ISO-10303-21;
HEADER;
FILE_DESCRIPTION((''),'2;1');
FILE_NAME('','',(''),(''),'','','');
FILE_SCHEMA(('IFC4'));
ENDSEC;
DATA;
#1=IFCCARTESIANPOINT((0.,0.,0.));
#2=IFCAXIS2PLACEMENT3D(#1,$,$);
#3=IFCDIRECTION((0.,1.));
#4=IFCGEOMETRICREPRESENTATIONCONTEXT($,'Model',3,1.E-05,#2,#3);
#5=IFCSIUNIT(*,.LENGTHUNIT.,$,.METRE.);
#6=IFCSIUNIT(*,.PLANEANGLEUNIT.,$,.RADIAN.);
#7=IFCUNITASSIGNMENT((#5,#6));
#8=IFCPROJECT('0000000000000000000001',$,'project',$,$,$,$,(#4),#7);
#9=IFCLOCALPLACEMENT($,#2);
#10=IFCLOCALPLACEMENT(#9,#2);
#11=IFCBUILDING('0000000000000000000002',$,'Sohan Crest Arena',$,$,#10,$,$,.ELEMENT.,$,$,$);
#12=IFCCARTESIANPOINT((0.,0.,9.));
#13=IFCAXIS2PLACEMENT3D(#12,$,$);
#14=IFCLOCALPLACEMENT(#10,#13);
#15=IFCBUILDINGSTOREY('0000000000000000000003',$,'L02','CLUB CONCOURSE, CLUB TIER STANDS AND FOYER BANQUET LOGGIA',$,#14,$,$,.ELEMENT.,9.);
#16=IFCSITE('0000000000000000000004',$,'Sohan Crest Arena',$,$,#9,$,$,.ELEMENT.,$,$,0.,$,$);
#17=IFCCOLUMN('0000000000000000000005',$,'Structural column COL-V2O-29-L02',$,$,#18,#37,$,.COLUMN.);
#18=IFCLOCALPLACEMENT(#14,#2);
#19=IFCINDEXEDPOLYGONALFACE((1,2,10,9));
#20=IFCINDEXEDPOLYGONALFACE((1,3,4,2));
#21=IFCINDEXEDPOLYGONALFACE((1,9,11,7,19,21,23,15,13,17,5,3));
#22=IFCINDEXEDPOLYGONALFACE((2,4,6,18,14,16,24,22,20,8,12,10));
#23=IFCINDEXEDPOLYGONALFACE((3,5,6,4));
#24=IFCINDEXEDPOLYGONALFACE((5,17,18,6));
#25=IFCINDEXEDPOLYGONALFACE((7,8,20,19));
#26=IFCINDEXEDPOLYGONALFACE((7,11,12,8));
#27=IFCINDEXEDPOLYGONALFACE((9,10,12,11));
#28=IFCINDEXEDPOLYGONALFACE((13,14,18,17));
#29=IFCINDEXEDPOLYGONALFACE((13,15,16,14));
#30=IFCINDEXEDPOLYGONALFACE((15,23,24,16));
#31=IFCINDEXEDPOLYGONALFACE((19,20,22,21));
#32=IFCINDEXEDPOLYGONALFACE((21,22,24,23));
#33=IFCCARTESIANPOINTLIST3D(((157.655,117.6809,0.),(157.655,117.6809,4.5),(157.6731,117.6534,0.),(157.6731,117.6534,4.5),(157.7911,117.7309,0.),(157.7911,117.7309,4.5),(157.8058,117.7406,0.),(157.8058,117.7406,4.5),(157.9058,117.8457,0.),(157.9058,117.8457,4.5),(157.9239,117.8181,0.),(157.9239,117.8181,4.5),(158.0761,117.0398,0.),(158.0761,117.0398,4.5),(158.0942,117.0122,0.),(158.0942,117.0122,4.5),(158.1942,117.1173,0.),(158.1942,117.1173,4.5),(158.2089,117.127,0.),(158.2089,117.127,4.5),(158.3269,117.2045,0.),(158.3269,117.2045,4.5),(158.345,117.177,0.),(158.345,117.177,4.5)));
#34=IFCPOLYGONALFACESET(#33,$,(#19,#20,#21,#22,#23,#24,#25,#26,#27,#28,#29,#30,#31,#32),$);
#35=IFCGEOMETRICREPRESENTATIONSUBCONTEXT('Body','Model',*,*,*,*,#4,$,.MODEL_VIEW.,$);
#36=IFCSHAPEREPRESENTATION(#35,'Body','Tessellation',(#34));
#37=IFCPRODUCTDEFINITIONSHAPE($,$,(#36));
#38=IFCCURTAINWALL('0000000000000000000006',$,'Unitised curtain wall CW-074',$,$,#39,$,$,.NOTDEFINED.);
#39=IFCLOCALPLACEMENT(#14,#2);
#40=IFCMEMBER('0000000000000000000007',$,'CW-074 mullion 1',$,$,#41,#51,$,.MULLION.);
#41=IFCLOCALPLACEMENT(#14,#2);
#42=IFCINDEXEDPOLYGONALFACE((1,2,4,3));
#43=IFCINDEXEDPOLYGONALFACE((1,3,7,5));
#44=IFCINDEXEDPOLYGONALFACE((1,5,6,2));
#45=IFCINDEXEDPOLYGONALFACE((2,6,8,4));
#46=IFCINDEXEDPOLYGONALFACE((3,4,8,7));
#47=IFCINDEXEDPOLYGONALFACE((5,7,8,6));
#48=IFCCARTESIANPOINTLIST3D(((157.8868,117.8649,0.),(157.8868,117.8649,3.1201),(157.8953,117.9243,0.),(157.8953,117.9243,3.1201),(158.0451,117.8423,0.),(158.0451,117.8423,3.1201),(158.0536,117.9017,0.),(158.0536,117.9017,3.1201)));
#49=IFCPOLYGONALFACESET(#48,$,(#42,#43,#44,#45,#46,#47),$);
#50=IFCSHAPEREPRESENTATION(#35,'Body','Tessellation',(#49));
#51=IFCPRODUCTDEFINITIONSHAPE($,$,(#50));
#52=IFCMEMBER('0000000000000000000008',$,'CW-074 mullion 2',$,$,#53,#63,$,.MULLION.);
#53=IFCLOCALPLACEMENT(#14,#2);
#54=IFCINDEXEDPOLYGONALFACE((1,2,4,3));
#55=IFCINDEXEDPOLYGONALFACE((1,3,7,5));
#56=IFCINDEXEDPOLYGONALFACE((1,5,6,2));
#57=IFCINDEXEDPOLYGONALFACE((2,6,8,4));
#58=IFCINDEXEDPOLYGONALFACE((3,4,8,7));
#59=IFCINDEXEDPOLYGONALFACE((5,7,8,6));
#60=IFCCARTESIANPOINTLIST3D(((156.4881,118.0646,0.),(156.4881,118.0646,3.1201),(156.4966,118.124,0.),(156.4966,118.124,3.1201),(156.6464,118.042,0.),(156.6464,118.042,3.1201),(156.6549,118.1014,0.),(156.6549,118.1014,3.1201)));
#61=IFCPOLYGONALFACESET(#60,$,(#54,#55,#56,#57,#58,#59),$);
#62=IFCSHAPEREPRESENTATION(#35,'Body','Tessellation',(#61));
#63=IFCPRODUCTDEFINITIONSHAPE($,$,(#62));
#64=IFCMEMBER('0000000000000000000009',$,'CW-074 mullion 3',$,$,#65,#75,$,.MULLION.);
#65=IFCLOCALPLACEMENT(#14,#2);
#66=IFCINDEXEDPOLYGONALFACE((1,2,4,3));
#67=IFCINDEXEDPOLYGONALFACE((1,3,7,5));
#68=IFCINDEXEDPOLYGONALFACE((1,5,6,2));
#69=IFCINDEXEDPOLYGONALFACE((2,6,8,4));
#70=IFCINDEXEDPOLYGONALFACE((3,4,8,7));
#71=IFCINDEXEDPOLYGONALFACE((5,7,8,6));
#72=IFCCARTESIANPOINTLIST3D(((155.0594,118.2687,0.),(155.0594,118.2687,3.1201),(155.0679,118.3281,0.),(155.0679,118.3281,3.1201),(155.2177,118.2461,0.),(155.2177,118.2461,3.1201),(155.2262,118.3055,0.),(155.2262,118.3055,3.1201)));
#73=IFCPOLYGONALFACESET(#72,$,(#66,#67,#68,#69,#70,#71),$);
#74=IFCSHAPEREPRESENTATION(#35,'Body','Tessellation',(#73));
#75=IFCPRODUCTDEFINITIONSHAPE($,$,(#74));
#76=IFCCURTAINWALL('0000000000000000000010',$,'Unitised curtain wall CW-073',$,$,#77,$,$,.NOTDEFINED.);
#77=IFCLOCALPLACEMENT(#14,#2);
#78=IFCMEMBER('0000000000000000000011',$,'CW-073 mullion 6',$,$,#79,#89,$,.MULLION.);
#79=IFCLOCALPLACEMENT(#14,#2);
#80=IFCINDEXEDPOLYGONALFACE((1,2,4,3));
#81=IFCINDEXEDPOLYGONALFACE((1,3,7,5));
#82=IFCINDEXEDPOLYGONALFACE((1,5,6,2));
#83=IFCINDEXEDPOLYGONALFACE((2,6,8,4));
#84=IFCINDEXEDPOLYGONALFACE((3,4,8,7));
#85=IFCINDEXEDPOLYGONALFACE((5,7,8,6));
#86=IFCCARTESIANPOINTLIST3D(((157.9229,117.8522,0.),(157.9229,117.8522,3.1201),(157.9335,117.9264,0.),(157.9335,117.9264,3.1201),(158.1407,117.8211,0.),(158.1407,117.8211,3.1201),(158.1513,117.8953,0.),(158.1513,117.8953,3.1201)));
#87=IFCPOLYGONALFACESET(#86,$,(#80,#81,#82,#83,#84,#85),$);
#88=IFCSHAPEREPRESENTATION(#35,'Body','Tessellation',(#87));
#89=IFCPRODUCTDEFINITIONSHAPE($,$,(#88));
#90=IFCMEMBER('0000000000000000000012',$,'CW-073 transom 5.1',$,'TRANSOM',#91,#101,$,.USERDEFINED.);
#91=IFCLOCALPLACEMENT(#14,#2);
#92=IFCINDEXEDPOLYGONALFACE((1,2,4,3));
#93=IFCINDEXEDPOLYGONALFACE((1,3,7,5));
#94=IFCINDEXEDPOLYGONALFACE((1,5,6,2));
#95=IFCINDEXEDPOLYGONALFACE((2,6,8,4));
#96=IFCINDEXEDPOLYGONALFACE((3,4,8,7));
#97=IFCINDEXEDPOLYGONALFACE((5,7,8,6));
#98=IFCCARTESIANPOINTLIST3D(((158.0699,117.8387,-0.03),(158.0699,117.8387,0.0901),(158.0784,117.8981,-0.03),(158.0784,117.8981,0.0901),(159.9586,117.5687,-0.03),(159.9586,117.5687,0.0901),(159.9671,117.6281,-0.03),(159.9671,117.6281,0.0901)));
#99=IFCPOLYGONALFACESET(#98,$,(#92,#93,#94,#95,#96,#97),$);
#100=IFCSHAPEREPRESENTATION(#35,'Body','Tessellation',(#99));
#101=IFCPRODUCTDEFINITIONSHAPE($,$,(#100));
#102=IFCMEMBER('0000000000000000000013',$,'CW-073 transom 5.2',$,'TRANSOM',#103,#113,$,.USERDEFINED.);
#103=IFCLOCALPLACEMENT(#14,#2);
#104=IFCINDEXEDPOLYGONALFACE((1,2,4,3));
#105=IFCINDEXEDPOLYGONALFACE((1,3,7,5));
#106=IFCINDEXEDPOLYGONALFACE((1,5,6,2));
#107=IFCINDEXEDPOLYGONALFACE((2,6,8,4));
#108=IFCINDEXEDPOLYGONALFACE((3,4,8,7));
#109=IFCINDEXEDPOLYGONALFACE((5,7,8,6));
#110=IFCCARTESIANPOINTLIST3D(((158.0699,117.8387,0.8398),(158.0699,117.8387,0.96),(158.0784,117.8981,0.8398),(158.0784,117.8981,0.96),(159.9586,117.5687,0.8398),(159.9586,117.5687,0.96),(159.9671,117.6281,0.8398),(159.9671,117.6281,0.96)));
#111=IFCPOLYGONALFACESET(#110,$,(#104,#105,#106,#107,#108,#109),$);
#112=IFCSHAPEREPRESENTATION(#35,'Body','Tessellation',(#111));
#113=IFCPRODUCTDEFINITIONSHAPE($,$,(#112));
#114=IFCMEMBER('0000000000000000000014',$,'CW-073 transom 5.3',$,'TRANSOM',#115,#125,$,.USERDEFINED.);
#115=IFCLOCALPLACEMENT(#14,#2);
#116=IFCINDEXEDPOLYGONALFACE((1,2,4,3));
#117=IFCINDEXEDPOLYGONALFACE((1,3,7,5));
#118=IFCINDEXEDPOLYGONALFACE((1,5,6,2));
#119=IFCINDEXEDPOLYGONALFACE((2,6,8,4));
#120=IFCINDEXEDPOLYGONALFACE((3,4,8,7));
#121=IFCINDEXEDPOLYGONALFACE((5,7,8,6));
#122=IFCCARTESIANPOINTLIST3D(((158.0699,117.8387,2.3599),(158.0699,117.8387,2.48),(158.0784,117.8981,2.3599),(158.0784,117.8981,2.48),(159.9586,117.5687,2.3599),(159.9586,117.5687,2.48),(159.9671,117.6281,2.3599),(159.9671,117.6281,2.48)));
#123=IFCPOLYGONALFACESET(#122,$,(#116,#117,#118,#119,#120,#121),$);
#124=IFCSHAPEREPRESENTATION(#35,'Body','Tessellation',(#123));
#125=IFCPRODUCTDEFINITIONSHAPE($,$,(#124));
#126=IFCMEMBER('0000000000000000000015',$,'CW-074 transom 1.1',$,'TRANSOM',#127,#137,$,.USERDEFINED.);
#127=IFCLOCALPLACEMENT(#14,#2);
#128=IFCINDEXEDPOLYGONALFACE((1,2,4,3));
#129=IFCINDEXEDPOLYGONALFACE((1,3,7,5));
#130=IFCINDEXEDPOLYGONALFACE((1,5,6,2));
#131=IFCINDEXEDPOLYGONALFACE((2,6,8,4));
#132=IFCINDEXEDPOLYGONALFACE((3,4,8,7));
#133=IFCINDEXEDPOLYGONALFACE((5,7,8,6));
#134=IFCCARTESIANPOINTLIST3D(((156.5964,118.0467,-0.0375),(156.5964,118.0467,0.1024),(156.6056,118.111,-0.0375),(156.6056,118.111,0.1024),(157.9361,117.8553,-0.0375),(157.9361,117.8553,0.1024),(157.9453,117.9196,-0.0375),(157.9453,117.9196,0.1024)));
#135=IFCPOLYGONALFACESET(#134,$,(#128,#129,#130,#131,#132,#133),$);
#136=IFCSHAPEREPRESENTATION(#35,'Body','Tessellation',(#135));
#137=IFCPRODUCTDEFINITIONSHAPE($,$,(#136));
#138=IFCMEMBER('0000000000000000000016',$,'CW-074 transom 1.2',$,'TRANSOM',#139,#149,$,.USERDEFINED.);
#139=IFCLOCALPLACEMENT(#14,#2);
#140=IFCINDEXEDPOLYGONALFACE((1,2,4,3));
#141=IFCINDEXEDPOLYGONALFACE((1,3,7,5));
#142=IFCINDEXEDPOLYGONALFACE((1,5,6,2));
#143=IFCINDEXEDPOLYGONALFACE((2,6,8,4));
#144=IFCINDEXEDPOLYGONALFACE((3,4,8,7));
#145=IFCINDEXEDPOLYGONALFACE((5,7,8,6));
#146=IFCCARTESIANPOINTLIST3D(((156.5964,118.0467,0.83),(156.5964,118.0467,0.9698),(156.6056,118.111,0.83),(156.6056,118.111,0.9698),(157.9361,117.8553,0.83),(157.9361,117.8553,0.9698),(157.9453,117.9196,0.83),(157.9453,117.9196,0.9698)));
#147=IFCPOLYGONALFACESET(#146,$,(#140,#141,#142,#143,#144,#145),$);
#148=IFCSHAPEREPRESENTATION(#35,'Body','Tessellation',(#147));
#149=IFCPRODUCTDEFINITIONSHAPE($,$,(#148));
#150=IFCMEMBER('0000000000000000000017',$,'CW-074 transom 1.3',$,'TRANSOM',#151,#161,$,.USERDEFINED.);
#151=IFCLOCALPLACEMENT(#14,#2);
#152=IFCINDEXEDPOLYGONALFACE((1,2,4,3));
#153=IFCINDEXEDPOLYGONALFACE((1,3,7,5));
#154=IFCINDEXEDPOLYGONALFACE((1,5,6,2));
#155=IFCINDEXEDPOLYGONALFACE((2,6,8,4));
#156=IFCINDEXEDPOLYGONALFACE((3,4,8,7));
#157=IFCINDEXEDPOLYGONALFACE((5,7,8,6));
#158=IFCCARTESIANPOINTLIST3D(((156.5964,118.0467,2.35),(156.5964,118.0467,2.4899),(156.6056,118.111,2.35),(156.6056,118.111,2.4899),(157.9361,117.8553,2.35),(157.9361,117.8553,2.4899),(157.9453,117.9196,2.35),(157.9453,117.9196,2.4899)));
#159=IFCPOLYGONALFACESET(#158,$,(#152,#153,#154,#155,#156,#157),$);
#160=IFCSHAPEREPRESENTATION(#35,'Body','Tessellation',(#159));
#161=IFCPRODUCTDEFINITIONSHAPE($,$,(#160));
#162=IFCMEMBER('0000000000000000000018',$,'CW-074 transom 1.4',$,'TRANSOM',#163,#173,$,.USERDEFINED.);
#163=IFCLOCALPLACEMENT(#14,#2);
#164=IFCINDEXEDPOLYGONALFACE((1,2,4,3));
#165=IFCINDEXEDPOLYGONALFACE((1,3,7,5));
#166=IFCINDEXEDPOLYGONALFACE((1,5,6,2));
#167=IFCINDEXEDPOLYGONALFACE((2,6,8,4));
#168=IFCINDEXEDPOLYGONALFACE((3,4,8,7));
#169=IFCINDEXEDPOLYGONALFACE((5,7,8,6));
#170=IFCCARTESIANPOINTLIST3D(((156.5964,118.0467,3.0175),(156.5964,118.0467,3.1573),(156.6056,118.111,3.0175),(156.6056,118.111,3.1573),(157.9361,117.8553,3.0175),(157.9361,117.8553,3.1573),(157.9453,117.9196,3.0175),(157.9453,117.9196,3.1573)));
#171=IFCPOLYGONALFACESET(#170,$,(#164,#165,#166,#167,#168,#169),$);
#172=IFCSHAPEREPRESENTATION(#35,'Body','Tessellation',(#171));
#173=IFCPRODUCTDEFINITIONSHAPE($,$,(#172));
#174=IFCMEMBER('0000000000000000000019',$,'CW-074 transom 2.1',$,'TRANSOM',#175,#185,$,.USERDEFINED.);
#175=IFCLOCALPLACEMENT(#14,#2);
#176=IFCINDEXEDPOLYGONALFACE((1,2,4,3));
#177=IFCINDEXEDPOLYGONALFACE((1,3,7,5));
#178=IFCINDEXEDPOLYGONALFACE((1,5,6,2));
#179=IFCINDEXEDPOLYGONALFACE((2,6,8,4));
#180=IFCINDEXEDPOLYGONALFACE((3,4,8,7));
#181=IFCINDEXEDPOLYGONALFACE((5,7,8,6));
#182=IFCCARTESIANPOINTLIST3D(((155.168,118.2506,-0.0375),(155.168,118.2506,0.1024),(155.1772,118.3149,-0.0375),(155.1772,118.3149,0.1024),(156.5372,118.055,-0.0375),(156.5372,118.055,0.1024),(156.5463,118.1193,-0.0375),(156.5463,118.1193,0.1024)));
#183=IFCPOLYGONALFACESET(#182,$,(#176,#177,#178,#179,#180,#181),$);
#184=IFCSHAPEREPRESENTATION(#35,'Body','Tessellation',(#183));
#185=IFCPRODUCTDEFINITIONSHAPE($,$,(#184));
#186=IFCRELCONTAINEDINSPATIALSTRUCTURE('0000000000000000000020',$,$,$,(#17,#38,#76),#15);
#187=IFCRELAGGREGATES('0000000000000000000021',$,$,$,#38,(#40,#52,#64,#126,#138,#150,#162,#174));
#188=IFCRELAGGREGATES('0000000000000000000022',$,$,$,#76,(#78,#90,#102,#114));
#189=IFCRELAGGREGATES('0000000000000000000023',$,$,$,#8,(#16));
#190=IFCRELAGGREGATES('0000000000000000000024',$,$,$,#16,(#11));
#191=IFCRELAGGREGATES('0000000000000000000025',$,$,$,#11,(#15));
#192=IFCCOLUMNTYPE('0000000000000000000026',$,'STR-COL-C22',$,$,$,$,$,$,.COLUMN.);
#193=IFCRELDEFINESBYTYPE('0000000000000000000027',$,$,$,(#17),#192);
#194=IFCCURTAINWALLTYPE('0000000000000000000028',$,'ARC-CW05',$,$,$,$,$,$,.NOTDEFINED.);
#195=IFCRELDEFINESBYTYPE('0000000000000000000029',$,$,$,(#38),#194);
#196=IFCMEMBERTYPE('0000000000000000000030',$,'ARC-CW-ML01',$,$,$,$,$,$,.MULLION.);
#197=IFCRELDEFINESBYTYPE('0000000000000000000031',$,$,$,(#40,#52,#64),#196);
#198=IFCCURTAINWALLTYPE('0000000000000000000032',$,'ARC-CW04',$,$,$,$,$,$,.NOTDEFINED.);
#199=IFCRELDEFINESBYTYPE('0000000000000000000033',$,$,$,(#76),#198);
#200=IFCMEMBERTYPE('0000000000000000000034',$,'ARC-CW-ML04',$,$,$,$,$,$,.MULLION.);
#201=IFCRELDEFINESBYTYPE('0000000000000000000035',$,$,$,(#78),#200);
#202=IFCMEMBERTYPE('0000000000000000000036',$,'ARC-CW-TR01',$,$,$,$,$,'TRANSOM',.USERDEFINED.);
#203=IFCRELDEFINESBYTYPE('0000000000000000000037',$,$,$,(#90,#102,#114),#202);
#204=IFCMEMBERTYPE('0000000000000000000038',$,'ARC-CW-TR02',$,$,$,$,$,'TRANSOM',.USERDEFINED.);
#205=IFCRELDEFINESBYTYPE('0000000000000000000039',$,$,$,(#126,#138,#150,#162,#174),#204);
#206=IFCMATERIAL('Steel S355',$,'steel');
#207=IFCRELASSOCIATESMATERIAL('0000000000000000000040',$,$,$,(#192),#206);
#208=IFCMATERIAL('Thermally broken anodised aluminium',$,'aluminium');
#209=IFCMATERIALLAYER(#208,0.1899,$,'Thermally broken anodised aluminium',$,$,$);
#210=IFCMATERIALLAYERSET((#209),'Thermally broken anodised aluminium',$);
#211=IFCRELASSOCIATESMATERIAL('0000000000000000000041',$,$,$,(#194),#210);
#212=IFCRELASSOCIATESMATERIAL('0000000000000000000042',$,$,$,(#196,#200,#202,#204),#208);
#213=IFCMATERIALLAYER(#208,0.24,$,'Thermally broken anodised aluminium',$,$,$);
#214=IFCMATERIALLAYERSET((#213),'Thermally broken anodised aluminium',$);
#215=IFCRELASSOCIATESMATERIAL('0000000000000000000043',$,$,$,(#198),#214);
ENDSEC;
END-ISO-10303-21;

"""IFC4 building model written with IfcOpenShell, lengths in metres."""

from ifc_helpers import new_model, si_unit, direction, frame, origin, origin_2d, place, context, subcontext, project, spatial, rectangle, i_section, extrude, material, layer, layer_set, material_profile, profile_set, type_object, element, aggregate, save


model = new_model("IFC4")

# Units and contexts
model_context = context("Model", 3, precision=1e-05, world=origin(), true_north=direction((0.0, 1.0)))
body_context = subcontext(model_context, "Body", "Model", "MODEL_VIEW")
ifc_project = project(units=[si_unit("LENGTHUNIT", "METRE"), si_unit("PLANEANGLEUNIT", "RADIAN")], contexts=[model_context])

# Site, building, storey
site_placement = place(None, origin())
site = spatial("IfcSite", under=ifc_project, at=site_placement, Name="Sohan Crest Arena", CompositionType="ELEMENT", RefElevation=0.0)
building_placement = place(site_placement, origin())
building = spatial("IfcBuilding", under=site, at=building_placement, Name="Sohan Crest Arena", CompositionType="ELEMENT")
storey_placement = place(building_placement, frame((0.0, 0.0, 9.0)))
storey = spatial("IfcBuildingStorey", under=building, at=storey_placement, Name="L02", Description="CLUB CONCOURSE, CLUB TIER STANDS AND FOYER BANQUET LOGGIA", CompositionType="ELEMENT", Elevation=9.0)

# Column
ifc_material_1 = material(Name="Steel S355", Category="steel")
ifc_material_profile_1 = material_profile(ifc_material_1, i_section(OverallWidth=0.3, OverallDepth=0.8, WebThickness=0.0176, FlangeThickness=0.033, at=origin_2d()), Name="HEB 800")
ifc_profile_set_1 = profile_set([ifc_material_profile_1], Name="Steel S355")
column_type = type_object("IfcColumnType", Name="STR-COL-C22", PredefinedType="COLUMN", material=ifc_profile_set_1)
column_placement = place(storey_placement, frame((158.0, 117.429, 0.0), z_axis=(0.0, 0.0, 1.0), x_axis=(0.835807, 0.549023, 0.0)))
element("IfcColumn", 1, at=column_placement, inside=storey, type_object=column_type, Name="Structural column COL-V2O-29-L02", PredefinedType="COLUMN", context=body_context, shape_type="SweptSolid", body=[
    extrude(i_section(OverallWidth=0.3, OverallDepth=0.8, WebThickness=0.0176, FlangeThickness=0.033, at=origin_2d()), origin(), (0.0, 0.0, 1.0), 4.5),
])

# Curtain walls, members
ifc_material_2 = material(Name="Thermally broken anodised aluminium", Category="aluminium")
ifc_layer_1 = layer(ifc_material_2, 0.1899, Name="Thermally broken anodised aluminium")
ifc_layer_set_1 = layer_set([ifc_layer_1], Name="Thermally broken anodised aluminium")
curtain_wall_type_1 = type_object("IfcCurtainWallType", Name="ARC-CW05", PredefinedType="NOTDEFINED", material=ifc_layer_set_1)
curtain_wall_1_placement = place(storey_placement, origin())
curtain_wall_1 = element("IfcCurtainWall", 2, at=curtain_wall_1_placement, inside=storey, type_object=curtain_wall_type_1, Name="Unitised curtain wall CW-074", PredefinedType="NOTDEFINED")
ifc_material_profile_2 = material_profile(ifc_material_2, rectangle(XDim=0.0601, YDim=0.1599, at=origin_2d()), Name="ALU-MULL 60x160")
ifc_profile_set_2 = profile_set([ifc_material_profile_2], Name="Thermally broken anodised aluminium")
member_type_1 = type_object("IfcMemberType", Name="ARC-CW-ML01", PredefinedType="MULLION", material=ifc_profile_set_2)
member_1_placement = place(storey_placement, frame((157.9702, 117.8833, 0.0), z_axis=(0.0, 0.0, 1.0), x_axis=(-0.141366, -0.989957, 0.0)))
member_1 = element("IfcMember", 3, at=member_1_placement, type_object=member_type_1, Name="CW-074 mullion 1", PredefinedType="MULLION", context=body_context, shape_type="SweptSolid", body=[
    extrude(rectangle(XDim=0.0601, YDim=0.1599, at=origin_2d()), origin(), (0.0, 0.0, 1.0), 3.1201),
])
member_2_placement = place(storey_placement, frame((156.5715, 118.083, 0.0), z_axis=(0.0, 0.0, 1.0), x_axis=(-0.141366, -0.989957, 0.0)))
member_2 = element("IfcMember", 4, at=member_2_placement, type_object=member_type_1, Name="CW-074 mullion 2", PredefinedType="MULLION", context=body_context, shape_type="SweptSolid", body=[
    extrude(rectangle(XDim=0.0601, YDim=0.1599, at=origin_2d()), origin(), (0.0, 0.0, 1.0), 3.1201),
])
member_3_placement = place(storey_placement, frame((155.1428, 118.2871, 0.0), z_axis=(0.0, 0.0, 1.0), x_axis=(-0.141366, -0.989957, 0.0)))
member_3 = element("IfcMember", 5, at=member_3_placement, type_object=member_type_1, Name="CW-074 mullion 3", PredefinedType="MULLION", context=body_context, shape_type="SweptSolid", body=[
    extrude(rectangle(XDim=0.0601, YDim=0.1599, at=origin_2d()), origin(), (0.0, 0.0, 1.0), 3.1201),
])
ifc_layer_2 = layer(ifc_material_2, 0.24, Name="Thermally broken anodised aluminium")
ifc_layer_set_2 = layer_set([ifc_layer_2], Name="Thermally broken anodised aluminium")
curtain_wall_type_2 = type_object("IfcCurtainWallType", Name="ARC-CW04", PredefinedType="NOTDEFINED", material=ifc_layer_set_2)
curtain_wall_2_placement = place(storey_placement, origin())
curtain_wall_2 = element("IfcCurtainWall", 6, at=curtain_wall_2_placement, inside=storey, type_object=curtain_wall_type_2, Name="Unitised curtain wall CW-073", PredefinedType="NOTDEFINED")
ifc_material_profile_3 = material_profile(ifc_material_2, rectangle(XDim=0.075, YDim=0.22, at=origin_2d()), Name="ALU-MULL 75x220")
ifc_profile_set_3 = profile_set([ifc_material_profile_3], Name="Thermally broken anodised aluminium")
member_type_2 = type_object("IfcMemberType", Name="ARC-CW-ML04", PredefinedType="MULLION", material=ifc_profile_set_3)
member_4_placement = place(storey_placement, frame((158.0371, 117.8738, 0.0), z_axis=(0.0, 0.0, 1.0), x_axis=(-0.141463, -0.989944, 0.0)))
member_4 = element("IfcMember", 7, at=member_4_placement, type_object=member_type_2, Name="CW-073 mullion 6", PredefinedType="MULLION", context=body_context, shape_type="SweptSolid", body=[
    extrude(rectangle(XDim=0.075, YDim=0.22, at=origin_2d()), origin(), (0.0, 0.0, 1.0), 3.1201),
])
ifc_material_profile_4 = material_profile(ifc_material_2, rectangle(XDim=0.0601, YDim=0.1201, at=origin_2d()), Name="ALU-TRAN 60x120")
ifc_profile_set_4 = profile_set([ifc_material_profile_4], Name="Thermally broken anodised aluminium")
member_type_3 = type_object("IfcMemberType", Name="ARC-CW-TR01", ElementType="TRANSOM", PredefinedType="USERDEFINED", material=ifc_profile_set_4)
member_5_placement = place(storey_placement, frame((159.9629, 117.5984, 0.03), z_axis=(-0.989934, 0.141529, 0.0), x_axis=(-0.141529, -0.989934, 0.0)))
member_5 = element("IfcMember", 8, at=member_5_placement, type_object=member_type_3, Name="CW-073 transom 5.1", ObjectType="TRANSOM", PredefinedType="USERDEFINED", context=body_context, shape_type="SweptSolid", body=[
    extrude(rectangle(XDim=0.0601, YDim=0.1201, at=origin_2d()), origin(), (0.0, 0.0, 1.0), 1.908),
])
member_6_placement = place(storey_placement, frame((159.9629, 117.5984, 0.8999), z_axis=(-0.989934, 0.141529, 0.0), x_axis=(-0.141529, -0.989934, 0.0)))
member_6 = element("IfcMember", 9, at=member_6_placement, type_object=member_type_3, Name="CW-073 transom 5.2", ObjectType="TRANSOM", PredefinedType="USERDEFINED", context=body_context, shape_type="SweptSolid", body=[
    extrude(rectangle(XDim=0.0601, YDim=0.1201, at=origin_2d()), origin(), (0.0, 0.0, 1.0), 1.908),
])
member_7_placement = place(storey_placement, frame((159.9629, 117.5984, 2.4199), z_axis=(-0.989934, 0.141529, 0.0), x_axis=(-0.141529, -0.989934, 0.0)))
member_7 = element("IfcMember", 10, at=member_7_placement, type_object=member_type_3, Name="CW-073 transom 5.3", ObjectType="TRANSOM", PredefinedType="USERDEFINED", context=body_context, shape_type="SweptSolid", body=[
    extrude(rectangle(XDim=0.0601, YDim=0.1201, at=origin_2d()), origin(), (0.0, 0.0, 1.0), 1.908),
])

# Members
ifc_material_profile_5 = material_profile(ifc_material_2, rectangle(XDim=0.0649, YDim=0.1399, at=origin_2d()), Name="ALU-TRAN 65x140")
ifc_profile_set_5 = profile_set([ifc_material_profile_5], Name="Thermally broken anodised aluminium")
member_type_4 = type_object("IfcMemberType", Name="ARC-CW-TR02", ElementType="TRANSOM", PredefinedType="USERDEFINED", material=ifc_profile_set_5)
member_8_placement = place(storey_placement, frame((157.9407, 117.8875, 0.0325), z_axis=(-0.989946, 0.141447, 0.0), x_axis=(-0.141447, -0.989946, 0.0)))
member_8 = element("IfcMember", 11, at=member_8_placement, type_object=member_type_4, Name="CW-074 transom 1.1", ObjectType="TRANSOM", PredefinedType="USERDEFINED", context=body_context, shape_type="SweptSolid", body=[
    extrude(rectangle(XDim=0.0649, YDim=0.1399, at=origin_2d()), origin(), (0.0, 0.0, 1.0), 1.3533),
])
member_9_placement = place(storey_placement, frame((157.9407, 117.8875, 0.8999), z_axis=(-0.989946, 0.141447, 0.0), x_axis=(-0.141447, -0.989946, 0.0)))
member_9 = element("IfcMember", 12, at=member_9_placement, type_object=member_type_4, Name="CW-074 transom 1.2", ObjectType="TRANSOM", PredefinedType="USERDEFINED", context=body_context, shape_type="SweptSolid", body=[
    extrude(rectangle(XDim=0.0649, YDim=0.1399, at=origin_2d()), origin(), (0.0, 0.0, 1.0), 1.3533),
])
member_10_placement = place(storey_placement, frame((157.9407, 117.8875, 2.4199), z_axis=(-0.989946, 0.141447, 0.0), x_axis=(-0.141447, -0.989946, 0.0)))
member_10 = element("IfcMember", 13, at=member_10_placement, type_object=member_type_4, Name="CW-074 transom 1.3", ObjectType="TRANSOM", PredefinedType="USERDEFINED", context=body_context, shape_type="SweptSolid", body=[
    extrude(rectangle(XDim=0.0649, YDim=0.1399, at=origin_2d()), origin(), (0.0, 0.0, 1.0), 1.3533),
])
member_11_placement = place(storey_placement, frame((157.9407, 117.8875, 3.0874), z_axis=(-0.989946, 0.141447, 0.0), x_axis=(-0.141447, -0.989946, 0.0)))
member_11 = element("IfcMember", 14, at=member_11_placement, type_object=member_type_4, Name="CW-074 transom 1.4", ObjectType="TRANSOM", PredefinedType="USERDEFINED", context=body_context, shape_type="SweptSolid", body=[
    extrude(rectangle(XDim=0.0649, YDim=0.1399, at=origin_2d()), origin(), (0.0, 0.0, 1.0), 1.3533),
])
member_12_placement = place(storey_placement, frame((156.5417, 118.0872, 0.0325), z_axis=(-0.989953, 0.141397, 0.0), x_axis=(-0.141397, -0.989953, 0.0)))
member_12 = element("IfcMember", 15, at=member_12_placement, type_object=member_type_4, Name="CW-074 transom 2.1", ObjectType="TRANSOM", PredefinedType="USERDEFINED", context=body_context, shape_type="SweptSolid", body=[
    extrude(rectangle(XDim=0.0649, YDim=0.1399, at=origin_2d()), origin(), (0.0, 0.0, 1.0), 1.3831),
])

aggregate(curtain_wall_1, [member_1, member_2, member_3, member_8, member_9, member_10, member_11, member_12])
aggregate(curtain_wall_2, [member_4, member_5, member_6, member_7])

save(model, "model.ifc")
